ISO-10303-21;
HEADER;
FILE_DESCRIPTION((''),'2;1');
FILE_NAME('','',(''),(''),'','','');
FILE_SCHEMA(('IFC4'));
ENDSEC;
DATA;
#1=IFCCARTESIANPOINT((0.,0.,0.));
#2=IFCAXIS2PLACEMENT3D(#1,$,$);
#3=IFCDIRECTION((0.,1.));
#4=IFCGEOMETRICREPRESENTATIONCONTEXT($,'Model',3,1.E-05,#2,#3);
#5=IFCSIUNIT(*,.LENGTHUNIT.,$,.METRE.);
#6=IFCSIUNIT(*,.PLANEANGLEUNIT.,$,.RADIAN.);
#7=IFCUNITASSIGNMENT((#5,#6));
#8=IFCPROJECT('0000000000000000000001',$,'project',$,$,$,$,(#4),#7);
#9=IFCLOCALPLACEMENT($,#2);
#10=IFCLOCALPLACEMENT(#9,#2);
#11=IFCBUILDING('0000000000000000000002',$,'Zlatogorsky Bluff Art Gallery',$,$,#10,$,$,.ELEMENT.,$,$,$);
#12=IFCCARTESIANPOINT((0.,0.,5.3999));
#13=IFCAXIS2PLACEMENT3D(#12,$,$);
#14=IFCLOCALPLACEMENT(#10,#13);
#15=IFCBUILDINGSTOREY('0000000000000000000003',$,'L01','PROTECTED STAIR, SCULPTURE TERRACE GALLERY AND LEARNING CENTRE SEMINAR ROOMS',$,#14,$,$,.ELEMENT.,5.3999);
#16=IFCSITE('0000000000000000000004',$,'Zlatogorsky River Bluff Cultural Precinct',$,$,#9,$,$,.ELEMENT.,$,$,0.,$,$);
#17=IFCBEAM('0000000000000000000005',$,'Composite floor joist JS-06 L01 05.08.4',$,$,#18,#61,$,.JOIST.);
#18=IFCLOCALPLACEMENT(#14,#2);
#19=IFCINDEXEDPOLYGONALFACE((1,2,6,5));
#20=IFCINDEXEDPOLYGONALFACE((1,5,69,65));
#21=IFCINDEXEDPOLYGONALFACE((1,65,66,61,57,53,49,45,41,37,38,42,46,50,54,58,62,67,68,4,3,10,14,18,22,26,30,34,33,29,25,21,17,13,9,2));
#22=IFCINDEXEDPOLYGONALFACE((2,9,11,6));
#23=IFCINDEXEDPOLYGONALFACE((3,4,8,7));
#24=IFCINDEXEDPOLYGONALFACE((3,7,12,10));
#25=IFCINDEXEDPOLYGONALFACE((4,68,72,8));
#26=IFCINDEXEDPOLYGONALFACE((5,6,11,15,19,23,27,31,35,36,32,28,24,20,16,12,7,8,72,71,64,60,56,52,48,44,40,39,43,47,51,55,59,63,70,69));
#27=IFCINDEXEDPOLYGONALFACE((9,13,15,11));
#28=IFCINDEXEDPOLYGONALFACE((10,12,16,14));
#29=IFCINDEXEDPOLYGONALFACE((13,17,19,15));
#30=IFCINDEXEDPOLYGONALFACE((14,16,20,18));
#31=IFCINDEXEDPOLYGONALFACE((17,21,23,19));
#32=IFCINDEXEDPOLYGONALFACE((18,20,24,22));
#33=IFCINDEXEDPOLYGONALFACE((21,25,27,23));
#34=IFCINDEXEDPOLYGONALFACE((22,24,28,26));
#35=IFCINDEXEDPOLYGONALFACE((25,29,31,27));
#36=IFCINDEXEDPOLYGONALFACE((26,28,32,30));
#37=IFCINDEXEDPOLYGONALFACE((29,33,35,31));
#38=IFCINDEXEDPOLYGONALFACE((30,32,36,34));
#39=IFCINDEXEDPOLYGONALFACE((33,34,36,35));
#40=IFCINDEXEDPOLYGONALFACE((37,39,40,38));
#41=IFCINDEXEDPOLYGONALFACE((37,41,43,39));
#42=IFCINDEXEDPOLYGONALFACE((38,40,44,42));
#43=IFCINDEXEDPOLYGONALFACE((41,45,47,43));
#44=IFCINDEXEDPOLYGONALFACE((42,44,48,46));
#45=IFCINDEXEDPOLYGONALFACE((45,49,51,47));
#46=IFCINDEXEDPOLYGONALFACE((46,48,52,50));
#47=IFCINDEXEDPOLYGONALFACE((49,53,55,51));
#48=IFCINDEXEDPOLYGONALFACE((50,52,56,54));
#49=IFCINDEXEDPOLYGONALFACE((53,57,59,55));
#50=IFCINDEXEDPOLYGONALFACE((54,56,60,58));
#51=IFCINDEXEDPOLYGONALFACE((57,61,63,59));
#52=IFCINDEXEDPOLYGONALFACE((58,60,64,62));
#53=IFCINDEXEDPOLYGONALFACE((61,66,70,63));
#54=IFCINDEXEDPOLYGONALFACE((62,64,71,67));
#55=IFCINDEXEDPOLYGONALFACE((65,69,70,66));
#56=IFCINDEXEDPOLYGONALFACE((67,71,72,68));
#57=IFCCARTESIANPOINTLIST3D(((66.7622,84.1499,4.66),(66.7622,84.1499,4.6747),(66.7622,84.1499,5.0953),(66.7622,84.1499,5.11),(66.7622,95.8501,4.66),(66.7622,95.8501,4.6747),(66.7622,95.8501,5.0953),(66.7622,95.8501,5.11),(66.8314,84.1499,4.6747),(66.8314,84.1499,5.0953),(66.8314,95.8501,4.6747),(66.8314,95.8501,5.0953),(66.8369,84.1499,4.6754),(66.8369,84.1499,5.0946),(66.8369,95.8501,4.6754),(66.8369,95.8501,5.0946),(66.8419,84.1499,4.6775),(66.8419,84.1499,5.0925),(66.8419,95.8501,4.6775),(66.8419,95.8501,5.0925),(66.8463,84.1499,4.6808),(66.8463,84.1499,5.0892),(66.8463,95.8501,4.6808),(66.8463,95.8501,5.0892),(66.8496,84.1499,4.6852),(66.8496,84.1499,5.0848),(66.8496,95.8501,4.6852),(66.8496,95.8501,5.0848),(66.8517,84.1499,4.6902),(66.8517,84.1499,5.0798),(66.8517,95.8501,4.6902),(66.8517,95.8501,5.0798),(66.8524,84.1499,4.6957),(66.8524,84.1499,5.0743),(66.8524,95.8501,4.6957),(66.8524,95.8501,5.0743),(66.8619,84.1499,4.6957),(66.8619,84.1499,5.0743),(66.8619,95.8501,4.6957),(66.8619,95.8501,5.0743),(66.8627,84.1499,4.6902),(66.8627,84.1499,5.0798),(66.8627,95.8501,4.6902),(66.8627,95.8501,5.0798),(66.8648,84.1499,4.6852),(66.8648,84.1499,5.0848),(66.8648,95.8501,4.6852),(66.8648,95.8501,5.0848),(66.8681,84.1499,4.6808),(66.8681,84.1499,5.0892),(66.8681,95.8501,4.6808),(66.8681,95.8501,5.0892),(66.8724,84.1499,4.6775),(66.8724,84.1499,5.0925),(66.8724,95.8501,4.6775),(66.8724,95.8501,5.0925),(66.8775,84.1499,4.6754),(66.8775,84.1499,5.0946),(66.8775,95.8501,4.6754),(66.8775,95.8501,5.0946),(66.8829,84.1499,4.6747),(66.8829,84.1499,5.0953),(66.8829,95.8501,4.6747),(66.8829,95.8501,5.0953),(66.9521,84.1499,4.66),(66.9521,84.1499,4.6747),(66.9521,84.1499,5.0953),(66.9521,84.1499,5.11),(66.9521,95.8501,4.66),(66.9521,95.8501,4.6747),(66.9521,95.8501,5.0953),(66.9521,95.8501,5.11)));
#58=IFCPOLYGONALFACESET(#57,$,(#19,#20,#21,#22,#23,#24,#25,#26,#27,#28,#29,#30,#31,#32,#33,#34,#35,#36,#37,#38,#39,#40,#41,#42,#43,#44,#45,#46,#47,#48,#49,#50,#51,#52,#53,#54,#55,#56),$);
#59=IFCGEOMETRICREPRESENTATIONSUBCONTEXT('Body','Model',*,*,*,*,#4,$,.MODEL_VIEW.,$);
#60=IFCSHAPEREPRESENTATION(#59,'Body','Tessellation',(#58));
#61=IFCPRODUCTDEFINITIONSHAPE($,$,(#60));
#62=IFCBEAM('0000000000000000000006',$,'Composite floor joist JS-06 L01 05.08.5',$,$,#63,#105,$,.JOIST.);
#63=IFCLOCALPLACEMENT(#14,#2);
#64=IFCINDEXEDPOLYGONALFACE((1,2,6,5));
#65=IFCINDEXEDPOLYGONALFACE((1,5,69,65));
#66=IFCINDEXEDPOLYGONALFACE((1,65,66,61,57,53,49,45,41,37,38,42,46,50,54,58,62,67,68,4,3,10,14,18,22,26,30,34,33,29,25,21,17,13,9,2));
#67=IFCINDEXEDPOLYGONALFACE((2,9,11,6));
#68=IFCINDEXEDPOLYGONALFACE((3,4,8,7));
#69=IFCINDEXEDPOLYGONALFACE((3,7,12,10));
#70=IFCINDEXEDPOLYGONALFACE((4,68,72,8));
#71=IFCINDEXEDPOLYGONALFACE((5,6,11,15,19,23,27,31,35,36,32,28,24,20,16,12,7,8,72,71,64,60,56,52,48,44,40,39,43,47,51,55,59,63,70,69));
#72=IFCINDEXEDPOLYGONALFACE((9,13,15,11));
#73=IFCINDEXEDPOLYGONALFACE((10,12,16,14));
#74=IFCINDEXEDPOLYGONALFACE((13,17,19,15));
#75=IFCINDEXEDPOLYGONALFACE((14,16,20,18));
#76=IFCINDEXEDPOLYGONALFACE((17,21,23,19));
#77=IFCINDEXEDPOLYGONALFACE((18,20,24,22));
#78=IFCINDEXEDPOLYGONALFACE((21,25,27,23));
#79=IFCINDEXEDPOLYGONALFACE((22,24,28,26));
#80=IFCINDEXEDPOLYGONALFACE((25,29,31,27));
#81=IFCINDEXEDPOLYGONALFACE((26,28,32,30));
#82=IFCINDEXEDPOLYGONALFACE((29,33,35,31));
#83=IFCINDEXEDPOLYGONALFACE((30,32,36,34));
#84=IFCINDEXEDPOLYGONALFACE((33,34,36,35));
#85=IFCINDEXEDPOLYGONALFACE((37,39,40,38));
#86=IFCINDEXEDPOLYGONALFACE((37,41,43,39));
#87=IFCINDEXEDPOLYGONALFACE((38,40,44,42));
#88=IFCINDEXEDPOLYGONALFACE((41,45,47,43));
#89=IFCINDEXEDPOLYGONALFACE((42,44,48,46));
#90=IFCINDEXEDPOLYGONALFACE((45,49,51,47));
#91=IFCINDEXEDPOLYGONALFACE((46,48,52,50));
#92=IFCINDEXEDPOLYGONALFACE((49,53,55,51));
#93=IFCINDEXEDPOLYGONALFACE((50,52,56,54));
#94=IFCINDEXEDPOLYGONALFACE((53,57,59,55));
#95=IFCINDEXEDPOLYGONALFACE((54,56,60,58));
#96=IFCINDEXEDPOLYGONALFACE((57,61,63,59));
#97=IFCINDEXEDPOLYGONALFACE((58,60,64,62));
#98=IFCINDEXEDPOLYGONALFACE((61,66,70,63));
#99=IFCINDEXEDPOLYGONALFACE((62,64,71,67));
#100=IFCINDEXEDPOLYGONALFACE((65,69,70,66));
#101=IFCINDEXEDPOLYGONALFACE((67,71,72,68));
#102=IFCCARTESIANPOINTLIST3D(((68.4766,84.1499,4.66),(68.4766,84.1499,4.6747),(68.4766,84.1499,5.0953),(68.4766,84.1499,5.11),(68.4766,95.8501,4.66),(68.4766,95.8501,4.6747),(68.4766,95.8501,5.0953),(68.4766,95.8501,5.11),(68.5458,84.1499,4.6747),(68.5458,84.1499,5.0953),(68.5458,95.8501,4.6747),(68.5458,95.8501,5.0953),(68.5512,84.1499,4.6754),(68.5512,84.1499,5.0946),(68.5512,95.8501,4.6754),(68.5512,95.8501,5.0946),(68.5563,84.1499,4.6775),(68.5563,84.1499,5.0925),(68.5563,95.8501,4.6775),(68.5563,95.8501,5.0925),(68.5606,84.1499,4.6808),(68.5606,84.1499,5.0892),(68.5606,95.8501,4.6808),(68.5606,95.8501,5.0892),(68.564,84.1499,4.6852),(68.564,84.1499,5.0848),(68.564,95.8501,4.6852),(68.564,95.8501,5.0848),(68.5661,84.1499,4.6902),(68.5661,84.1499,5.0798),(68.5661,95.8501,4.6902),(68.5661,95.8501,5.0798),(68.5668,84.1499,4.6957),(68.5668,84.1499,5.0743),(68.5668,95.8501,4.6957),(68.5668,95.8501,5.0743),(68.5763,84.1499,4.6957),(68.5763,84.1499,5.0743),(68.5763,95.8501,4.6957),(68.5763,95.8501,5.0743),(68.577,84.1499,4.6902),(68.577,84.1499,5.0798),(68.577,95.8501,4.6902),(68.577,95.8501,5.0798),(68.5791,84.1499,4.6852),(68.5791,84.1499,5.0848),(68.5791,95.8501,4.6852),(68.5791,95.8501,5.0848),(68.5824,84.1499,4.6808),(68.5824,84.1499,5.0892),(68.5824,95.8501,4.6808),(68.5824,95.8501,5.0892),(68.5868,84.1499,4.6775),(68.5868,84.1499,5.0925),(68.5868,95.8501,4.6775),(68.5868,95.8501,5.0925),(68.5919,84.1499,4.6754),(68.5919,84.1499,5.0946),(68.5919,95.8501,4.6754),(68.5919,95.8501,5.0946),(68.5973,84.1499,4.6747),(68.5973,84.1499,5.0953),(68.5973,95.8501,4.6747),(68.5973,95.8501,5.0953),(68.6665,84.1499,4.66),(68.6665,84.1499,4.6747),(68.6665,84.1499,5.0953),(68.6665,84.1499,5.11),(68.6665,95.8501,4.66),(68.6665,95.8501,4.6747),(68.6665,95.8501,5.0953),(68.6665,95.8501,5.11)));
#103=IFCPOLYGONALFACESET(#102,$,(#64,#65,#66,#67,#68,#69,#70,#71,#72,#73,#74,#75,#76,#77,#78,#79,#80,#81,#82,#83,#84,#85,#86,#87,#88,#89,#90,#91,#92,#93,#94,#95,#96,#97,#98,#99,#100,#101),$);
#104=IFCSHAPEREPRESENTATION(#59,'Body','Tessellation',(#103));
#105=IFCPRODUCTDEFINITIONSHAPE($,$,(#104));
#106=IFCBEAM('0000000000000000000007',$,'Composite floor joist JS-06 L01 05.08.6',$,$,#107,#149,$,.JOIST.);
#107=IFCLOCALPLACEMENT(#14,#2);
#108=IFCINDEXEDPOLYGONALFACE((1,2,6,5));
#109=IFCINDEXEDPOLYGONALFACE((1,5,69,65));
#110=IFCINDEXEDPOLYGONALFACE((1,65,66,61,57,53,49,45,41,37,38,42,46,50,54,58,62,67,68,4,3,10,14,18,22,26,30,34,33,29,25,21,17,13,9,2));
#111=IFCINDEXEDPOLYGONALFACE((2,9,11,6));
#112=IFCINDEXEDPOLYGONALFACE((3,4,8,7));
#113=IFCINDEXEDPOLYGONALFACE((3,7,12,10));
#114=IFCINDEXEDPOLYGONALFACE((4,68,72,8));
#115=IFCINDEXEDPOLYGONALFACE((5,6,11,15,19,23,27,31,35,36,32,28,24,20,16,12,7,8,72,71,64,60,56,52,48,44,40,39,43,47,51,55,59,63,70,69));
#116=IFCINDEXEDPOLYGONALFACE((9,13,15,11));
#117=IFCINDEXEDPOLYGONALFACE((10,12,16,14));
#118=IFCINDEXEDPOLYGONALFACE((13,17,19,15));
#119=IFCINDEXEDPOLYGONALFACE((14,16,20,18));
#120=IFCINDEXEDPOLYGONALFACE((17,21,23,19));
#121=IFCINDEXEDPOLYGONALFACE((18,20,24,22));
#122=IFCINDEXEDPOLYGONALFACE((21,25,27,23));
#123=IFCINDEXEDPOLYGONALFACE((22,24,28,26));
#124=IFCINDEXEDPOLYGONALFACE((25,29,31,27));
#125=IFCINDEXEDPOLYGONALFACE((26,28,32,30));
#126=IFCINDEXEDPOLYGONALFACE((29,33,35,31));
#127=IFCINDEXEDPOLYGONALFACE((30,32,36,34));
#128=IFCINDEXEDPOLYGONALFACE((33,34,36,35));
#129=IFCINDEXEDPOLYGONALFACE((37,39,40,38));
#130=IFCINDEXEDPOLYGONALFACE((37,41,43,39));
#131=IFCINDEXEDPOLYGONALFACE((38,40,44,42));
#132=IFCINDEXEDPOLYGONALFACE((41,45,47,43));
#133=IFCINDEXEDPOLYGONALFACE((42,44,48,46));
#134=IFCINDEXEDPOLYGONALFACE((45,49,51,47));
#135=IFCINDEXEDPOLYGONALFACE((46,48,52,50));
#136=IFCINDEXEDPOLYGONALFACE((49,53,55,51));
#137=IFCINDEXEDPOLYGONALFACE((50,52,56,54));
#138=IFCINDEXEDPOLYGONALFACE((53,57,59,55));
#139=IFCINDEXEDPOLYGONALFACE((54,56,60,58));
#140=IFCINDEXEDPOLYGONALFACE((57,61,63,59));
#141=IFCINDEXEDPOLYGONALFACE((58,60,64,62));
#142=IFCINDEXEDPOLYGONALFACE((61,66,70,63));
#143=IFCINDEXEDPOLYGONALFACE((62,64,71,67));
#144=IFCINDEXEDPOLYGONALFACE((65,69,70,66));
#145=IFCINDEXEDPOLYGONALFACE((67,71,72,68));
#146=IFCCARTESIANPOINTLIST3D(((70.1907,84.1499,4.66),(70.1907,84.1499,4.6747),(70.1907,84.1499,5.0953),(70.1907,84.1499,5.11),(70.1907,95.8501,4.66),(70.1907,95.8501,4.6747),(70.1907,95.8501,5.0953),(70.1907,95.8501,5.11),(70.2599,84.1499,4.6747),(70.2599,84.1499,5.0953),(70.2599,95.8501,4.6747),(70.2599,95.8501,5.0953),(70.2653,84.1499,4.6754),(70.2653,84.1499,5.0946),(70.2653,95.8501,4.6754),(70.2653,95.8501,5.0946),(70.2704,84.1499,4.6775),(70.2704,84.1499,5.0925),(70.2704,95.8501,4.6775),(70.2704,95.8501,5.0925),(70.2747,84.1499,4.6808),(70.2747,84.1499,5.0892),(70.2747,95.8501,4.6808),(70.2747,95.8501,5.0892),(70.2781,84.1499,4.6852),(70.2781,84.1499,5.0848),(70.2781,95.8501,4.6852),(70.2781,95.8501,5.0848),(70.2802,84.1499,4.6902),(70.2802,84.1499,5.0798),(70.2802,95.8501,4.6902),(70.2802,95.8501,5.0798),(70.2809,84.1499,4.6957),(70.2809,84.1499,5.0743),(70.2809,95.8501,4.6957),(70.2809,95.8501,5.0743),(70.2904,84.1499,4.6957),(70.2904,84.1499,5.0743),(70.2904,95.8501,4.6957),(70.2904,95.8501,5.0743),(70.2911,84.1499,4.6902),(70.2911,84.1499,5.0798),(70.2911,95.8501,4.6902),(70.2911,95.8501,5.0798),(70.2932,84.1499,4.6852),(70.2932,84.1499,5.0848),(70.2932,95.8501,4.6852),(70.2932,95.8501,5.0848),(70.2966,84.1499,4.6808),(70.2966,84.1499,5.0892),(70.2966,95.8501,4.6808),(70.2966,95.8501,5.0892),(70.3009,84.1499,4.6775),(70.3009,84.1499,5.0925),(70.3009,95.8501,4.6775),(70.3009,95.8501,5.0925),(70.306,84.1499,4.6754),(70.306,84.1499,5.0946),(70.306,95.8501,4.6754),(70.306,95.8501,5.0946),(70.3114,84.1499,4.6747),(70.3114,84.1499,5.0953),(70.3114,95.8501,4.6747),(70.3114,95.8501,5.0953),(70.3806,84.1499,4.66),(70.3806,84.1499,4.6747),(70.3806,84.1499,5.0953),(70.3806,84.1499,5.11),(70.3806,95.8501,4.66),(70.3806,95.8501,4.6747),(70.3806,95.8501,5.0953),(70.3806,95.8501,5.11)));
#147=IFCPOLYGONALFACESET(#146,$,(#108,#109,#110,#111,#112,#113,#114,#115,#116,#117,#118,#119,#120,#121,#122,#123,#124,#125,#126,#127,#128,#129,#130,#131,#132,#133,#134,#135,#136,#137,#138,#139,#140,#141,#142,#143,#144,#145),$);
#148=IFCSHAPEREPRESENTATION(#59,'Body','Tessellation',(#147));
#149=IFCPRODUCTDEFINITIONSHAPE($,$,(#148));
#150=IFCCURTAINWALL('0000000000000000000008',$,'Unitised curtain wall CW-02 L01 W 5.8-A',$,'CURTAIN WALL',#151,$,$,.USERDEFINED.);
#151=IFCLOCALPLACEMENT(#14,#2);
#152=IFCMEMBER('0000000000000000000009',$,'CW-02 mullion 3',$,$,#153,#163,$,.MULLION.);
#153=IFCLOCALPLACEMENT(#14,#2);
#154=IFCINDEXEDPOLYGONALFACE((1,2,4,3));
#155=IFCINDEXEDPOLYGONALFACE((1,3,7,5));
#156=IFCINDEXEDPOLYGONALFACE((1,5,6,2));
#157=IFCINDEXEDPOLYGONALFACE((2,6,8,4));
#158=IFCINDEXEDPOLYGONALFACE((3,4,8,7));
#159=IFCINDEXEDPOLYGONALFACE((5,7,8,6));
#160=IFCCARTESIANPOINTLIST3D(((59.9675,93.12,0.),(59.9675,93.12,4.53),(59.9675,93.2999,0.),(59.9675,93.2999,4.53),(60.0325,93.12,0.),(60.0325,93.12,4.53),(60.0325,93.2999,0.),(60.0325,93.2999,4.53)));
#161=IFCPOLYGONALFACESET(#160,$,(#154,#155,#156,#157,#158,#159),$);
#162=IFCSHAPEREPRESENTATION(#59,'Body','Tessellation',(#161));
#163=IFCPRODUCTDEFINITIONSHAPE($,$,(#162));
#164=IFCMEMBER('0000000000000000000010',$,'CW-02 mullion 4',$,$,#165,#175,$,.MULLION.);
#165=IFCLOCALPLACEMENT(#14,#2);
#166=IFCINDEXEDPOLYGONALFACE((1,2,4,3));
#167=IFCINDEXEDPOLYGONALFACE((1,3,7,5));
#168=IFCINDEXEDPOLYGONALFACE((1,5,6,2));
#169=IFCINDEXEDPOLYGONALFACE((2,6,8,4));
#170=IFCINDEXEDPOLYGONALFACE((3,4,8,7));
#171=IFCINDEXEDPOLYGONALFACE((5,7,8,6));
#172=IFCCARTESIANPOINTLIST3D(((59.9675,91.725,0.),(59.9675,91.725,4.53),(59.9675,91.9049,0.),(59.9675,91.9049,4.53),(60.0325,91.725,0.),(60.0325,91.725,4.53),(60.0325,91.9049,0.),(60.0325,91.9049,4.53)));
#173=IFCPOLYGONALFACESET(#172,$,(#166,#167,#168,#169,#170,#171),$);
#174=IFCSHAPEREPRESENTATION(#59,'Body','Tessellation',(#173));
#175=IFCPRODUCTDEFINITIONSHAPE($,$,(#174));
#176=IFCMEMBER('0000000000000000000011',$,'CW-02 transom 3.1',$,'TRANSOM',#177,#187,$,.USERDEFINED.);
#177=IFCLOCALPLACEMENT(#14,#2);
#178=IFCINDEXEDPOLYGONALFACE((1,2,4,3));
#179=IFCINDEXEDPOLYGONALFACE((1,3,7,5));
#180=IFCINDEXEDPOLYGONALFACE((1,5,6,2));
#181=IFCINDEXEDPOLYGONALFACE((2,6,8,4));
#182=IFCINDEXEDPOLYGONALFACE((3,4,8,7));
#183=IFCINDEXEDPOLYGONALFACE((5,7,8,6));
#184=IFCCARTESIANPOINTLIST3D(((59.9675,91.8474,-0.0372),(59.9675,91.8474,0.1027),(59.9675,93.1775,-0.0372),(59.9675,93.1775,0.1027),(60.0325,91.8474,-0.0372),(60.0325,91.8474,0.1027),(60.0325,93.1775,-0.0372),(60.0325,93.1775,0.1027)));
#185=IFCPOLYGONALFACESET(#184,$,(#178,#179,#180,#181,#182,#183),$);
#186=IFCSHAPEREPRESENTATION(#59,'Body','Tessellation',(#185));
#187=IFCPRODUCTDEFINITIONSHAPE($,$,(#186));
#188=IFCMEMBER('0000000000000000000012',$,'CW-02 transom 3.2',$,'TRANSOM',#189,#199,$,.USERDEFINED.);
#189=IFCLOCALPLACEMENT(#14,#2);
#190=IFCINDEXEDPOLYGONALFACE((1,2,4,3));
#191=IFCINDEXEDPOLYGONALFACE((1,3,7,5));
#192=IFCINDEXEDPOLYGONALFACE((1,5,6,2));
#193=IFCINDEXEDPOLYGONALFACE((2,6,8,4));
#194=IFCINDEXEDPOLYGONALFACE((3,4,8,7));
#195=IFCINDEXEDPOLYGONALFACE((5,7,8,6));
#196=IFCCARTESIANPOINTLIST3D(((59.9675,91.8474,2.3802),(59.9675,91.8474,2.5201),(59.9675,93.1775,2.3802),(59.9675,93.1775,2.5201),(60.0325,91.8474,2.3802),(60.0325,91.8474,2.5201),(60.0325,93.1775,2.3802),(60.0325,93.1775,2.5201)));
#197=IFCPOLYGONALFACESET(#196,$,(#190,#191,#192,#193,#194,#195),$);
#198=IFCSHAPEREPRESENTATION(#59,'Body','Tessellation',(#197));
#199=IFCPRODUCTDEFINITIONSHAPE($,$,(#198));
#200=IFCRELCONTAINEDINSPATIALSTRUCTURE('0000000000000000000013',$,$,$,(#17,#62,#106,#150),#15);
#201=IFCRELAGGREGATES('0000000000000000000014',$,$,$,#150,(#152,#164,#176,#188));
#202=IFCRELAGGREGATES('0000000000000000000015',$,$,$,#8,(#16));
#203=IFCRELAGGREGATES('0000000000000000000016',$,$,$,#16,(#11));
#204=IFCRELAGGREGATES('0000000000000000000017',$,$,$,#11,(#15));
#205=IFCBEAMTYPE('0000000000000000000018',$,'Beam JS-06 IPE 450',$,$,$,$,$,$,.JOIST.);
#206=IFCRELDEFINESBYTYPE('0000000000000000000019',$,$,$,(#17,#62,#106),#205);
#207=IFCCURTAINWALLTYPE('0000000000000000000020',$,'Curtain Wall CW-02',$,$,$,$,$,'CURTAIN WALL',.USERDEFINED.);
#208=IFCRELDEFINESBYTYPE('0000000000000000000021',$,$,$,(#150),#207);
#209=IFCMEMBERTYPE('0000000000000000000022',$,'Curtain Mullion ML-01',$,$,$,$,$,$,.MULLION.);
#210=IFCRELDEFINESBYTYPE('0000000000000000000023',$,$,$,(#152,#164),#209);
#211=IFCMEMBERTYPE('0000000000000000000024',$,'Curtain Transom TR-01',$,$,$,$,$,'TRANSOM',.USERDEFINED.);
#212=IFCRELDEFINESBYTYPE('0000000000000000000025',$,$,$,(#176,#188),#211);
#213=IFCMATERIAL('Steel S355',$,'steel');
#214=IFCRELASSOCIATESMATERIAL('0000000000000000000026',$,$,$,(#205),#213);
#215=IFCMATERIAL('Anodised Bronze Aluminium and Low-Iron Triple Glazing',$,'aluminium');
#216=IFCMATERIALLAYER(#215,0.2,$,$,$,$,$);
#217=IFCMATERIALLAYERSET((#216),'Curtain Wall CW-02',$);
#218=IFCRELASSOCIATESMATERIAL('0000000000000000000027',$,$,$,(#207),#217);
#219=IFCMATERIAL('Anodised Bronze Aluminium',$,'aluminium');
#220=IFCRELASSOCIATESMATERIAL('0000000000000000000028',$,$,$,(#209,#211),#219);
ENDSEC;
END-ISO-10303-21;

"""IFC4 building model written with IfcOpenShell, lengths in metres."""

from ifc_helpers import new_model, si_unit, direction, frame, origin, origin_2d, place, context, subcontext, project, spatial, rectangle, i_section, extrude, material, layer, layer_set, material_profile, profile_set, type_object, element, aggregate, save


model = new_model("IFC4")

# Units and contexts
model_context = context("Model", 3, precision=1e-05, world=origin(), true_north=direction((0.0, 1.0)))
body_context = subcontext(model_context, "Body", "Model", "MODEL_VIEW")
ifc_project = project(units=[si_unit("LENGTHUNIT", "METRE"), si_unit("PLANEANGLEUNIT", "RADIAN")], contexts=[model_context])

# Site, building, storey
site_placement = place(None, origin())
site = spatial("IfcSite", under=ifc_project, at=site_placement, Name="Zlatogorsky River Bluff Cultural Precinct", CompositionType="ELEMENT", RefElevation=0.0)
building_placement = place(site_placement, origin())
building = spatial("IfcBuilding", under=site, at=building_placement, Name="Zlatogorsky Bluff Art Gallery", CompositionType="ELEMENT")
storey_placement = place(building_placement, frame((0.0, 0.0, 5.3999)))
storey = spatial("IfcBuildingStorey", under=building, at=storey_placement, Name="L01", Description="PROTECTED STAIR, SCULPTURE TERRACE GALLERY AND LEARNING CENTRE SEMINAR ROOMS", CompositionType="ELEMENT", Elevation=5.3999)

# Beams
ifc_material_1 = material(Name="Steel S355", Category="steel")
ifc_material_profile_1 = material_profile(ifc_material_1, i_section(OverallWidth=0.1899, OverallDepth=0.45, WebThickness=0.0095, FlangeThickness=0.0146, FilletRadius=0.021, at=origin_2d()), Name="IPE 450")
ifc_profile_set_1 = profile_set([ifc_material_profile_1], Name="Steel S355")
beam_type_1 = type_object("IfcBeamType", Name="Beam JS-06 IPE 450", PredefinedType="JOIST", material=ifc_profile_set_1)
for number, where, z_axis, x_axis, name in (
    (1, (66.8572, 84.1499, 4.885), (0.0, 1.0, 0.0), (-1.0, 0.0, 0.0), "Composite floor joist JS-06 L01 05.08.4"),
    (2, (68.5715, 84.1499, 4.885), (0.0, 1.0, 0.0), (-1.0, 0.0, 0.0), "Composite floor joist JS-06 L01 05.08.5"),
    (3, (70.2856, 84.1499, 4.885), (0.0, 1.0, 0.0), (-1.0, 0.0, 0.0), "Composite floor joist JS-06 L01 05.08.6"),
):
    element("IfcBeam", number, at=place(storey_placement, frame(where, z_axis=z_axis, x_axis=x_axis)), inside=storey, type_object=beam_type_1, Name=name, PredefinedType="JOIST", context=body_context, shape_type="SweptSolid", body=[
        extrude(i_section(OverallWidth=0.1899, OverallDepth=0.45, WebThickness=0.0095, FlangeThickness=0.0146, FilletRadius=0.021, at=origin_2d()), origin(), (0.0, 0.0, 1.0), 11.7002),
    ])

# Curtain wall, members
ifc_material_2 = material(Name="Anodised Bronze Aluminium and Low-Iron Triple Glazing", Category="aluminium")
ifc_layer_1 = layer(ifc_material_2, 0.2)
ifc_layer_set_1 = layer_set([ifc_layer_1], Name="Curtain Wall CW-02")
curtain_wall_type = type_object("IfcCurtainWallType", Name="Curtain Wall CW-02", ElementType="CURTAIN WALL", PredefinedType="USERDEFINED", material=ifc_layer_set_1)
curtain_wall_placement = place(storey_placement, origin())
curtain_wall = element("IfcCurtainWall", 4, at=curtain_wall_placement, inside=storey, type_object=curtain_wall_type, Name="Unitised curtain wall CW-02 L01 W 5.8-A", ObjectType="CURTAIN WALL", PredefinedType="USERDEFINED")
ifc_material_3 = material(Name="Anodised Bronze Aluminium", Category="aluminium")
ifc_material_profile_2 = material_profile(ifc_material_3, rectangle(XDim=0.0649, YDim=0.1799, at=origin_2d()), Name="ALU MULLION 65x180")
ifc_profile_set_2 = profile_set([ifc_material_profile_2], Name="Anodised Bronze Aluminium")
member_type_1 = type_object("IfcMemberType", Name="Curtain Mullion ML-01", PredefinedType="MULLION", material=ifc_profile_set_2)
member_1_placement = place(storey_placement, frame((60.0, 93.21, 0.0), z_axis=(0.0, 0.0, 1.0), x_axis=(1.0, 0.0, 0.0)))
member_1 = element("IfcMember", 5, at=member_1_placement, type_object=member_type_1, Name="CW-02 mullion 3", PredefinedType="MULLION", context=body_context, shape_type="SweptSolid", body=[
    extrude(rectangle(XDim=0.0649, YDim=0.1799, at=origin_2d()), origin(), (0.0, 0.0, 1.0), 4.53),
])
member_2_placement = place(storey_placement, frame((60.0, 91.8149, 0.0), z_axis=(0.0, 0.0, 1.0), x_axis=(1.0, 0.0, 0.0)))
member_2 = element("IfcMember", 6, at=member_2_placement, type_object=member_type_1, Name="CW-02 mullion 4", PredefinedType="MULLION", context=body_context, shape_type="SweptSolid", body=[
    extrude(rectangle(XDim=0.0649, YDim=0.1799, at=origin_2d()), origin(), (0.0, 0.0, 1.0), 4.53),
])
ifc_material_profile_3 = material_profile(ifc_material_3, rectangle(XDim=0.0649, YDim=0.1399, at=origin_2d()), Name="ALU TRANSOM 65x140")
ifc_profile_set_3 = profile_set([ifc_material_profile_3], Name="Anodised Bronze Aluminium")
member_type_2 = type_object("IfcMemberType", Name="Curtain Transom TR-01", ElementType="TRANSOM", PredefinedType="USERDEFINED", material=ifc_profile_set_3)
member_3_placement = place(storey_placement, frame((60.0, 93.1775, 0.0327), z_axis=(0.0, -1.0, 0.0), x_axis=(1.0, 0.0, 0.0)))
member_3 = element("IfcMember", 7, at=member_3_placement, type_object=member_type_2, Name="CW-02 transom 3.1", ObjectType="TRANSOM", PredefinedType="USERDEFINED", context=body_context, shape_type="SweptSolid", body=[
    extrude(rectangle(XDim=0.0649, YDim=0.1399, at=origin_2d()), origin(), (0.0, 0.0, 1.0), 1.3301),
])
member_4_placement = place(storey_placement, frame((60.0, 93.1775, 2.4502), z_axis=(0.0, -1.0, 0.0), x_axis=(1.0, 0.0, 0.0)))
member_4 = element("IfcMember", 8, at=member_4_placement, type_object=member_type_2, Name="CW-02 transom 3.2", ObjectType="TRANSOM", PredefinedType="USERDEFINED", context=body_context, shape_type="SweptSolid", body=[
    extrude(rectangle(XDim=0.0649, YDim=0.1399, at=origin_2d()), origin(), (0.0, 0.0, 1.0), 1.3301),
])
aggregate(curtain_wall, [member_1, member_2, member_3, member_4])

save(model, "model.ifc")
